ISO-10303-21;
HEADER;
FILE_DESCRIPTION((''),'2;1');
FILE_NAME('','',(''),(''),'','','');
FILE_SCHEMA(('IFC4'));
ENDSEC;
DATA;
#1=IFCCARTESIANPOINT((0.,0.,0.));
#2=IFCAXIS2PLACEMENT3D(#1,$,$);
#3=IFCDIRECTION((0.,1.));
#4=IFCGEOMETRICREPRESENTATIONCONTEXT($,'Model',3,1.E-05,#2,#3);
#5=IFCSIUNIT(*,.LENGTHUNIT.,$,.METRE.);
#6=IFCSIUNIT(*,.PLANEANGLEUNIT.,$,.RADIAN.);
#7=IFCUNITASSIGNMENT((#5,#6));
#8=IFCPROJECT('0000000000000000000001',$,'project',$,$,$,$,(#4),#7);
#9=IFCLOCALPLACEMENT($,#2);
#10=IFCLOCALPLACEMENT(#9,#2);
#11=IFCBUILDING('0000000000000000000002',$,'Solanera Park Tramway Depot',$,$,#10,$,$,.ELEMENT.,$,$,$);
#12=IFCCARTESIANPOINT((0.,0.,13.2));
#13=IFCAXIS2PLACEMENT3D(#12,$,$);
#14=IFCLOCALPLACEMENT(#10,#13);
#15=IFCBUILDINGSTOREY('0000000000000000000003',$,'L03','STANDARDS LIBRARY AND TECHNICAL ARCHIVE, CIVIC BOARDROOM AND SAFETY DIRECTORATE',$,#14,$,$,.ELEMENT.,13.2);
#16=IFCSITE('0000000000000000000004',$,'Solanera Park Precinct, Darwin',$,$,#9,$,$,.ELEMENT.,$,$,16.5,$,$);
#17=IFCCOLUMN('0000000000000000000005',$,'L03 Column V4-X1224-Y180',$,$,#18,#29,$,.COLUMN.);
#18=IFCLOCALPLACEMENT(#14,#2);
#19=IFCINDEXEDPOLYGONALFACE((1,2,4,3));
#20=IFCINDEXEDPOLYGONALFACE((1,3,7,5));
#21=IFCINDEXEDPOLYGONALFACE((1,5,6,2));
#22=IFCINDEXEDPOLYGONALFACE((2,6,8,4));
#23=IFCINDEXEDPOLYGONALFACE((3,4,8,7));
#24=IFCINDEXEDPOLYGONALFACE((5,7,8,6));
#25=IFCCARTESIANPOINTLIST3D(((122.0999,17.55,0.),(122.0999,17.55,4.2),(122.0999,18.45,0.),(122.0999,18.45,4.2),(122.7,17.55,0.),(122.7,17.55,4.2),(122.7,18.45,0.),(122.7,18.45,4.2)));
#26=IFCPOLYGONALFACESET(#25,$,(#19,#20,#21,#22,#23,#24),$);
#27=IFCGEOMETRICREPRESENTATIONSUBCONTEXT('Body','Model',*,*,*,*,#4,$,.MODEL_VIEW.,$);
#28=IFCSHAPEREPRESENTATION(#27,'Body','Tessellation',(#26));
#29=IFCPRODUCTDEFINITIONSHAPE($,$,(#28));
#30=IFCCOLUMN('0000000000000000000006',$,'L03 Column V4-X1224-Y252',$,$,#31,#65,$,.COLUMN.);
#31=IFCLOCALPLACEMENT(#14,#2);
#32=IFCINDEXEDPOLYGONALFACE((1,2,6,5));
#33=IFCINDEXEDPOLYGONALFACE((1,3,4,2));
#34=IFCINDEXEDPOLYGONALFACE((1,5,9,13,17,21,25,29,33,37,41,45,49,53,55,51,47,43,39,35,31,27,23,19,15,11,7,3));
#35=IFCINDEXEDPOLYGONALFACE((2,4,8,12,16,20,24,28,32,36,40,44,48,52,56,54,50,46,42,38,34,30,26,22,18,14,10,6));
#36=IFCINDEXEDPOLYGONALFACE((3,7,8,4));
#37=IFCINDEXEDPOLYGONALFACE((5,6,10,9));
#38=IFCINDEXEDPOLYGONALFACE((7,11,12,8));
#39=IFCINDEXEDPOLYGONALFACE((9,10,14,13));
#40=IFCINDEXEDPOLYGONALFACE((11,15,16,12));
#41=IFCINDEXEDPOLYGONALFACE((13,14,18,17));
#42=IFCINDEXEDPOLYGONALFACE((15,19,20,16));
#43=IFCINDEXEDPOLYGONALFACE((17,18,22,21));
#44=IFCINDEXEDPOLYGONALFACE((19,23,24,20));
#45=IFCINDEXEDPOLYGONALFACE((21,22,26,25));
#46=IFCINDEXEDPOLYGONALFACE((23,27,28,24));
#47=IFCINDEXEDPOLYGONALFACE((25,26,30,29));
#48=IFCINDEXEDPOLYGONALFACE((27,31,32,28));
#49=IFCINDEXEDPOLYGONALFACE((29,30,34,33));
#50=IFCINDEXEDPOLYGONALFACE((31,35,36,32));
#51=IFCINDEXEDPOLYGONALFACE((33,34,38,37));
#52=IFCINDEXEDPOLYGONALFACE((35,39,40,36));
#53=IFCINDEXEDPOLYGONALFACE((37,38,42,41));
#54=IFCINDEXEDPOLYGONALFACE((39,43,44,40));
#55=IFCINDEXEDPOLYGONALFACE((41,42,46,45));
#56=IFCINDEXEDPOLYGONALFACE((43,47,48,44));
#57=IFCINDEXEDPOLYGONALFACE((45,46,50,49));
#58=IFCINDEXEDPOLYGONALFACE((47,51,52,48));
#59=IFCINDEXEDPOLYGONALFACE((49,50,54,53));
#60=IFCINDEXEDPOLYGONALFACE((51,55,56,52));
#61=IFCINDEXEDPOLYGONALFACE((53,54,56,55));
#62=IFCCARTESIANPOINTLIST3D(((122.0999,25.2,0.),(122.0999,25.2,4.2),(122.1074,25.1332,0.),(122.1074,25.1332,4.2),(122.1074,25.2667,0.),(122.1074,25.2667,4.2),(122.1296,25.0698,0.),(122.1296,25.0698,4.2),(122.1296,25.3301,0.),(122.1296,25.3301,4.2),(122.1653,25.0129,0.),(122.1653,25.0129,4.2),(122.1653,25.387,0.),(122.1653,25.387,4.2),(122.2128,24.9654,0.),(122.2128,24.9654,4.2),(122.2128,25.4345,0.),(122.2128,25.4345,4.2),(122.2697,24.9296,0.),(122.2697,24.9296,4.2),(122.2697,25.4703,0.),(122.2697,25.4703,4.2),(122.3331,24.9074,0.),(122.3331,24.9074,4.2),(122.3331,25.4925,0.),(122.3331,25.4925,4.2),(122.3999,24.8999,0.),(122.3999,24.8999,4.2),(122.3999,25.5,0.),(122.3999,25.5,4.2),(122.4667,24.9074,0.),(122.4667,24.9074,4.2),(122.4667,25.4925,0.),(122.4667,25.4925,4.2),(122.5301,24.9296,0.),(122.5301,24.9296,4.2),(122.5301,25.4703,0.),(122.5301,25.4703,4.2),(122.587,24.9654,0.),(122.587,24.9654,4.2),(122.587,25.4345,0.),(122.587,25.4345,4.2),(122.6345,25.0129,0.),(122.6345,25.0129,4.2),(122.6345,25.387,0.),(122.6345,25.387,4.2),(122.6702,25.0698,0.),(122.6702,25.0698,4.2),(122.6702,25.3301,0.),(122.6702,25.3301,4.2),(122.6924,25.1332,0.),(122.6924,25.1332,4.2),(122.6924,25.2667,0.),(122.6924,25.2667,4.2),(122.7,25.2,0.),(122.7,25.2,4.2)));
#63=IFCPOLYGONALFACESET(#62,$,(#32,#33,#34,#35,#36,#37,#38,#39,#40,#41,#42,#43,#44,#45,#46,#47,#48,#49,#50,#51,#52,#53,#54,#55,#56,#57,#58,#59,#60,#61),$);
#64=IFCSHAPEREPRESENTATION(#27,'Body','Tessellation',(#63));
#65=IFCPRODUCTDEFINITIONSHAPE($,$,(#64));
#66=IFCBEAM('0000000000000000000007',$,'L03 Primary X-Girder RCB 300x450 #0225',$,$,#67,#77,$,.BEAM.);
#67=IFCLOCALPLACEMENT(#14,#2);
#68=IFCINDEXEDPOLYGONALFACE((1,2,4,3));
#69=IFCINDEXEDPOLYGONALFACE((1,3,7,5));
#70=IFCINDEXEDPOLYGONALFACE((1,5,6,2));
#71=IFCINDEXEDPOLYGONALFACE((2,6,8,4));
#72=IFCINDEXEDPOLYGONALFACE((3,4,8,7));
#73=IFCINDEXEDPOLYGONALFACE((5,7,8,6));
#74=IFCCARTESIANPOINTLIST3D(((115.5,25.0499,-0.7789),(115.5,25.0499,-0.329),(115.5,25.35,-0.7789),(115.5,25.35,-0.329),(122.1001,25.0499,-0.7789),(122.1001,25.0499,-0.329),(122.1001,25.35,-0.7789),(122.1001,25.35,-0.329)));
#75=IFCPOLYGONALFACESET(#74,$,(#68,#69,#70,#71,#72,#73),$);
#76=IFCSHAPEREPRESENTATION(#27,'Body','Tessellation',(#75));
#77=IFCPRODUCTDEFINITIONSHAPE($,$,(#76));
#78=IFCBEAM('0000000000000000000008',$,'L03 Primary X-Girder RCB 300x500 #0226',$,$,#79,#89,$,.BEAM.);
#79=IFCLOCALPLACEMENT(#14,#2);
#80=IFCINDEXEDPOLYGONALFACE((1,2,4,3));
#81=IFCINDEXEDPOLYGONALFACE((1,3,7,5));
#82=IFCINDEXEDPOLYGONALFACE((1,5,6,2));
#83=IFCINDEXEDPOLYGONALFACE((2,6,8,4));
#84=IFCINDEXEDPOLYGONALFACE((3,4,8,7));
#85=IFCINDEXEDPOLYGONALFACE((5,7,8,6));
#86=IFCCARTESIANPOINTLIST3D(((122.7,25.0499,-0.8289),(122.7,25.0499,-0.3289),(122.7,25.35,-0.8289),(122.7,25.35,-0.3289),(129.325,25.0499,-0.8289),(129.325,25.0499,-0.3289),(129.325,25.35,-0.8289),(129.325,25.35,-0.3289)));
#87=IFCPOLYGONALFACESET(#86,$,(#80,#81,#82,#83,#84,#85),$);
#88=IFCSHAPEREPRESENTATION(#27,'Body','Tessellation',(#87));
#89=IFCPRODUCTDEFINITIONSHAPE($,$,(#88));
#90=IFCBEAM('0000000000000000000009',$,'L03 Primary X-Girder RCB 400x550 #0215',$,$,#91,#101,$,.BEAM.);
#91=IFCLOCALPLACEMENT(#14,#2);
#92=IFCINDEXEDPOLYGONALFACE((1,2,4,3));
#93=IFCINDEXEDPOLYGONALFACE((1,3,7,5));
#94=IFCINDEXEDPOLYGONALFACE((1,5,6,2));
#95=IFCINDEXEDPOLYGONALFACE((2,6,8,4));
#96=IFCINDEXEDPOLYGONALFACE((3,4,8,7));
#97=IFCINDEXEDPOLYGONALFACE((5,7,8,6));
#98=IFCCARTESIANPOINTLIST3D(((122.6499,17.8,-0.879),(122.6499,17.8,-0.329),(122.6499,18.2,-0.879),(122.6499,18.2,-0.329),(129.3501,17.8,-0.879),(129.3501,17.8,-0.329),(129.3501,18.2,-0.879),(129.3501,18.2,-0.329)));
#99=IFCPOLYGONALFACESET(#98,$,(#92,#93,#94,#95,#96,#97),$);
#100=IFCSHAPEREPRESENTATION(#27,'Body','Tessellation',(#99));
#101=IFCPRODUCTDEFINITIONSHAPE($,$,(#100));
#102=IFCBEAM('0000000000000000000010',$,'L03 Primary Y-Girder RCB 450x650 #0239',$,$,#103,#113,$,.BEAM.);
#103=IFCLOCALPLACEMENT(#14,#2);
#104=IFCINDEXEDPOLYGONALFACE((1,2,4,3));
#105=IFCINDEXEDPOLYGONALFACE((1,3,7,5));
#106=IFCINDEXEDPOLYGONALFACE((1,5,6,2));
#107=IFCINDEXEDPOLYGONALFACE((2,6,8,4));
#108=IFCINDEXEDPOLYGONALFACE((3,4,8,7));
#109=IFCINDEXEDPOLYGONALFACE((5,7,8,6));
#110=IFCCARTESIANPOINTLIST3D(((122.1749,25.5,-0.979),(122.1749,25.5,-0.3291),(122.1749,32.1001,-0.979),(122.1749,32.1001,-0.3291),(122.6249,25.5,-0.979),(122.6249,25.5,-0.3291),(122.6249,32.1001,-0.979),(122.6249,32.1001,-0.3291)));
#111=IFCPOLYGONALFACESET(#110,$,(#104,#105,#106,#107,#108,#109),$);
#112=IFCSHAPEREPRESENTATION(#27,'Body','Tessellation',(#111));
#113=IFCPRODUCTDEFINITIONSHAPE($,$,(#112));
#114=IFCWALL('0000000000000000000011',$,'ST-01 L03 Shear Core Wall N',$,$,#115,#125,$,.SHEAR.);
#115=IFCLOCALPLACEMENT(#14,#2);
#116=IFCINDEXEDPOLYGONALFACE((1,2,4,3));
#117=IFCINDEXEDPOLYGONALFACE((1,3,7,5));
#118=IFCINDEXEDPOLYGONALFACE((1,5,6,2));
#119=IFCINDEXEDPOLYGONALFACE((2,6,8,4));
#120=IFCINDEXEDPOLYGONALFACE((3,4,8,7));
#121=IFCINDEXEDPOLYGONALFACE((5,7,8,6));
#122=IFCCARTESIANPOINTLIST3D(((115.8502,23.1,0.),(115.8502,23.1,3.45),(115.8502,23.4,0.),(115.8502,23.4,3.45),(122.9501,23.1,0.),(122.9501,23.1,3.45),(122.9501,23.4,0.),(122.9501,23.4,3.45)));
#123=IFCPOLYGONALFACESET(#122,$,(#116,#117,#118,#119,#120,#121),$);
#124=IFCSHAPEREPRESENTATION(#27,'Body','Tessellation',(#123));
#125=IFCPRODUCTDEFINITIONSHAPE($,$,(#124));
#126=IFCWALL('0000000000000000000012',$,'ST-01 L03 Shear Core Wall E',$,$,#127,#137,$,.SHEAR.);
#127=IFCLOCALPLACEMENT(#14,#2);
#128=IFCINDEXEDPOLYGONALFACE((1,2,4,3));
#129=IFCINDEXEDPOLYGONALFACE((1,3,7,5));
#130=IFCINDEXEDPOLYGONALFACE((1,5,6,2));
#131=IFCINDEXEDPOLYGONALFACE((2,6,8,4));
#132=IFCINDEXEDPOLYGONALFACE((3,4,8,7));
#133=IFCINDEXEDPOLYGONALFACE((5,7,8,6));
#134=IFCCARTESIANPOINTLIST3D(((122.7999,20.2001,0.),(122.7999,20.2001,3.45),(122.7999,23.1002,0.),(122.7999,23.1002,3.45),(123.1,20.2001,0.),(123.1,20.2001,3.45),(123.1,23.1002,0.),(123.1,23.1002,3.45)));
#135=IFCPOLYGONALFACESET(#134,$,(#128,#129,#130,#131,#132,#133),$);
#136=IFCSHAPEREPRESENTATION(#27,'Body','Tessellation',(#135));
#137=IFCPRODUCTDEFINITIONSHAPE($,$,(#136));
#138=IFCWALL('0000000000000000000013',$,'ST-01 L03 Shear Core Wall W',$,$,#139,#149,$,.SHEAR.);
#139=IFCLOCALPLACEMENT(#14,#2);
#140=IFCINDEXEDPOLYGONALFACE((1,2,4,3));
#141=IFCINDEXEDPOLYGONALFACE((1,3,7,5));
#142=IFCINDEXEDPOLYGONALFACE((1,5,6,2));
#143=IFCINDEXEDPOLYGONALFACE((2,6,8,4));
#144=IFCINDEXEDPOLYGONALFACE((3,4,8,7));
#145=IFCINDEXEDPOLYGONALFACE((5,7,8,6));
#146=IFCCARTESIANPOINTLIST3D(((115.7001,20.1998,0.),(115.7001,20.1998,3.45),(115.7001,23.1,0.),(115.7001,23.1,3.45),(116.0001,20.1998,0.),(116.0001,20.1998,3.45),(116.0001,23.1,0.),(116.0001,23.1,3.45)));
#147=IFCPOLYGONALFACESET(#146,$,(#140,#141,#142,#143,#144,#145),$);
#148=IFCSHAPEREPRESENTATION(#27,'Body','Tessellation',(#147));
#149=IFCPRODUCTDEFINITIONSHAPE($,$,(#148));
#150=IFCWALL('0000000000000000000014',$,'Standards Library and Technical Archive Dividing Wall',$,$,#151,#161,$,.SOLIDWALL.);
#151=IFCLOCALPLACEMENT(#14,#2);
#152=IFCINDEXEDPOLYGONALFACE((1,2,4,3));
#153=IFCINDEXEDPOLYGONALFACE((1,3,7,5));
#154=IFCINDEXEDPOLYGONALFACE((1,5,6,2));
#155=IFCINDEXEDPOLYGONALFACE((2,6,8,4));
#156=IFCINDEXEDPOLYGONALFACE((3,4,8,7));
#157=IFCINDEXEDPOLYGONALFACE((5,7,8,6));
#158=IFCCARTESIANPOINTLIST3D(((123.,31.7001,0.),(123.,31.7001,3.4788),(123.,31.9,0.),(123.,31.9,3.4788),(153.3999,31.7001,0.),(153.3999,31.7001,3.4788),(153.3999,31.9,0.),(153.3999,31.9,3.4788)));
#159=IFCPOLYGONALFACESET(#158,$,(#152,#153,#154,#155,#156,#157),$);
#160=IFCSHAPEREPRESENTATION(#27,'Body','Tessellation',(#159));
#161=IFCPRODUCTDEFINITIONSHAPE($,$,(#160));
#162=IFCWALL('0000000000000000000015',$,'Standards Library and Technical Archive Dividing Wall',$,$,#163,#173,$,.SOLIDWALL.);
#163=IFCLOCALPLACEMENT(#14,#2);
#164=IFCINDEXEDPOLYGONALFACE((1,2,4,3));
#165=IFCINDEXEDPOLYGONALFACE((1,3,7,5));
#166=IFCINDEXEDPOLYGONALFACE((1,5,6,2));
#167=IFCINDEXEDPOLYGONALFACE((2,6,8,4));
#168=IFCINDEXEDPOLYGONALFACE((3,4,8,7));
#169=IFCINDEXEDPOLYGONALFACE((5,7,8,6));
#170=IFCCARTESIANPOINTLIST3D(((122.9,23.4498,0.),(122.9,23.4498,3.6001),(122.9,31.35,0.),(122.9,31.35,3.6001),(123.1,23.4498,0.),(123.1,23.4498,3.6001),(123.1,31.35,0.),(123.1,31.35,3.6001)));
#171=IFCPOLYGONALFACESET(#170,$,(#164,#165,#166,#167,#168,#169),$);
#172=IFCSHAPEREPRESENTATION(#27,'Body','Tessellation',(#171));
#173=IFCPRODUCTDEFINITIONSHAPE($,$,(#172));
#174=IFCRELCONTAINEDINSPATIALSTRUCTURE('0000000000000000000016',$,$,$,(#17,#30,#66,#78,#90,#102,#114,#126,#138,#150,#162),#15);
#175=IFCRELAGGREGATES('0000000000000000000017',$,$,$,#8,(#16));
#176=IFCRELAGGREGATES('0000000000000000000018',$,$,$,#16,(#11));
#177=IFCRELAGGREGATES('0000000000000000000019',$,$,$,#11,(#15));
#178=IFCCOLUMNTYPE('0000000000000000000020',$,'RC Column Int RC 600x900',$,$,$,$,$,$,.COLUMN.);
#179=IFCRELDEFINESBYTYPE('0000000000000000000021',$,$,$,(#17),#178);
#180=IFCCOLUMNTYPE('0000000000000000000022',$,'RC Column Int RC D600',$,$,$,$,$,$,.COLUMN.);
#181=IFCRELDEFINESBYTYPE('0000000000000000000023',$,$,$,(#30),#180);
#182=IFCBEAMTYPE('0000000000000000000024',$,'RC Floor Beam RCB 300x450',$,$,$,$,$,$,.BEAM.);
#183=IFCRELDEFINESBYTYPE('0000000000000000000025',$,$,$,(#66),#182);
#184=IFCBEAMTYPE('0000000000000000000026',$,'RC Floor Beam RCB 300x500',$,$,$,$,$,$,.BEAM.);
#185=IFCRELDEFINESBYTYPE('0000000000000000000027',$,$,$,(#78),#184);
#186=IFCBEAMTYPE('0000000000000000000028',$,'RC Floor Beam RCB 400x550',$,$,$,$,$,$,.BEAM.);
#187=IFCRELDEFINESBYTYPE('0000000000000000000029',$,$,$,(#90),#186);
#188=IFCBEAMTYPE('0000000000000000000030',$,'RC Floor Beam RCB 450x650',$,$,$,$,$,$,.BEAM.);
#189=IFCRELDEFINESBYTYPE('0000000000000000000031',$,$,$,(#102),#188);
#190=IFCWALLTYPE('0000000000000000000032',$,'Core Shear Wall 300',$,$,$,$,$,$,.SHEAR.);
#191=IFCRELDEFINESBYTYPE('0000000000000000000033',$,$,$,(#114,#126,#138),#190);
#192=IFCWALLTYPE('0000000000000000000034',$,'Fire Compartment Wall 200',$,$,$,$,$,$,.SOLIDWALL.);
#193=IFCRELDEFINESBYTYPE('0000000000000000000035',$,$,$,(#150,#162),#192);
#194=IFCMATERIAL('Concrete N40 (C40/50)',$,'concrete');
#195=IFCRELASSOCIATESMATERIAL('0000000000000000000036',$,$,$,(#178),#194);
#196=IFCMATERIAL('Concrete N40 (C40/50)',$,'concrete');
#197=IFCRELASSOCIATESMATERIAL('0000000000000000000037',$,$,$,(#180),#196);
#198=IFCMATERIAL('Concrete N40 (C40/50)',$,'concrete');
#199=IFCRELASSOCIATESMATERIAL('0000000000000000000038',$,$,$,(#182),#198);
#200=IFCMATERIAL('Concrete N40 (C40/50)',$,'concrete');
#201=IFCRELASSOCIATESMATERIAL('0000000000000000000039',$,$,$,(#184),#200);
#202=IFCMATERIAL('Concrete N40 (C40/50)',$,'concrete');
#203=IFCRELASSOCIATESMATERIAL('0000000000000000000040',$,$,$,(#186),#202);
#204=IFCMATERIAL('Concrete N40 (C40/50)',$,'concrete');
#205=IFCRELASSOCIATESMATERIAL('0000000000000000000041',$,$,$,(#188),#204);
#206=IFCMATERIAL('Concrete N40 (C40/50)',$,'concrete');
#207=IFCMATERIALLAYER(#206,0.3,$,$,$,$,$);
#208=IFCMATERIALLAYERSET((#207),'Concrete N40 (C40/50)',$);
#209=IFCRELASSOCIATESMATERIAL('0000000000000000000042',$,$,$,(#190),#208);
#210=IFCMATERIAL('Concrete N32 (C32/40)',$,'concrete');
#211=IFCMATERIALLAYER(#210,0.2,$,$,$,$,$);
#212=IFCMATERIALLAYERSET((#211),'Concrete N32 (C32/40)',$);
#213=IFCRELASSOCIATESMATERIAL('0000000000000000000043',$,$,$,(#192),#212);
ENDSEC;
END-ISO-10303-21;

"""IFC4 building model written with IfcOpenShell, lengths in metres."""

from ifc_helpers import new_model, si_unit, direction, frame, frame_2d, origin, origin_2d, place, context, subcontext, project, spatial, rectangle, circle, extrude, material, layer, layer_set, material_profile, profile_set, type_object, element, save


model = new_model("IFC4")

# Units and contexts
model_context = context("Model", 3, precision=1e-05, world=origin(), true_north=direction((0.0, 1.0)))
body_context = subcontext(model_context, "Body", "Model", "MODEL_VIEW")
ifc_project = project(units=[si_unit("LENGTHUNIT", "METRE"), si_unit("PLANEANGLEUNIT", "RADIAN")], contexts=[model_context])

# Site, building, storey
site_placement = place(None, origin())
site = spatial("IfcSite", under=ifc_project, at=site_placement, Name="Solanera Park Precinct, Darwin", CompositionType="ELEMENT", RefElevation=16.5)
building_placement = place(site_placement, origin())
building = spatial("IfcBuilding", under=site, at=building_placement, Name="Solanera Park Tramway Depot", CompositionType="ELEMENT")
storey_placement = place(building_placement, frame((0.0, 0.0, 13.2)))
storey = spatial("IfcBuildingStorey", under=building, at=storey_placement, Name="L03", Description="STANDARDS LIBRARY AND TECHNICAL ARCHIVE, CIVIC BOARDROOM AND SAFETY DIRECTORATE", CompositionType="ELEMENT", Elevation=13.2)

# Columns
ifc_material_1 = material(Name="Concrete N40 (C40/50)", Category="concrete")
ifc_material_profile_1 = material_profile(ifc_material_1, rectangle(XDim=0.6001, YDim=0.8999, at=origin_2d()), Name="RC 600x900")
ifc_profile_set_1 = profile_set([ifc_material_profile_1], Name="Concrete N40 (C40/50)")
column_type_1 = type_object("IfcColumnType", Name="RC Column Int RC 600x900", PredefinedType="COLUMN", material=ifc_profile_set_1)
column_1_placement = place(storey_placement, frame((122.3999, 18.0, 0.0), z_axis=(0.0, 0.0, 1.0), x_axis=(1.0, 0.0, 0.0)))
element("IfcColumn", 1, at=column_1_placement, inside=storey, type_object=column_type_1, Name="L03 Column V4-X1224-Y180", PredefinedType="COLUMN", context=body_context, shape_type="SweptSolid", body=[
    extrude(rectangle(XDim=0.6001, YDim=0.8999, at=origin_2d()), origin(), (0.0, 0.0, 1.0), 4.2),
])
ifc_material_2 = material(Name="Concrete N40 (C40/50)", Category="concrete")
ifc_material_profile_2 = material_profile(ifc_material_2, circle(Radius=0.3, at=origin_2d()), Name="RC D600")
ifc_profile_set_2 = profile_set([ifc_material_profile_2], Name="Concrete N40 (C40/50)")
column_type_2 = type_object("IfcColumnType", Name="RC Column Int RC D600", PredefinedType="COLUMN", material=ifc_profile_set_2)
column_2_placement = place(storey_placement, frame((122.3999, 25.2, 0.0), z_axis=(0.0, 0.0, 1.0), x_axis=(1.0, 0.0, 0.0)))
element("IfcColumn", 2, at=column_2_placement, inside=storey, type_object=column_type_2, Name="L03 Column V4-X1224-Y252", PredefinedType="COLUMN", context=body_context, shape_type="SweptSolid", body=[
    extrude(circle(Radius=0.3, at=origin_2d()), origin(), (0.0, 0.0, 1.0), 4.2),
])

# Beams
ifc_material_3 = material(Name="Concrete N40 (C40/50)", Category="concrete")
ifc_material_profile_3 = material_profile(ifc_material_3, rectangle(XDim=0.3, YDim=0.45, at=origin_2d()), Name="RCB 300x450")
ifc_profile_set_3 = profile_set([ifc_material_profile_3], Name="Concrete N40 (C40/50)")
beam_type_1 = type_object("IfcBeamType", Name="RC Floor Beam RCB 300x450", PredefinedType="BEAM", material=ifc_profile_set_3)
beam_1_placement = place(storey_placement, frame((115.5, 25.2, -0.554), z_axis=(1.0, 0.0, 0.0), x_axis=(0.0, 1.0, 0.0)))
element("IfcBeam", 3, at=beam_1_placement, inside=storey, type_object=beam_type_1, Name="L03 Primary X-Girder RCB 300x450 #0225", PredefinedType="BEAM", context=body_context, shape_type="SweptSolid", body=[
    extrude(rectangle(XDim=0.3, YDim=0.45, at=origin_2d()), origin(), (0.0, 0.0, 1.0), 6.6001),
])
ifc_material_4 = material(Name="Concrete N40 (C40/50)", Category="concrete")
ifc_material_profile_4 = material_profile(ifc_material_4, rectangle(XDim=0.3, YDim=0.5, at=origin_2d()), Name="RCB 300x500")
ifc_profile_set_4 = profile_set([ifc_material_profile_4], Name="Concrete N40 (C40/50)")
beam_type_2 = type_object("IfcBeamType", Name="RC Floor Beam RCB 300x500", PredefinedType="BEAM", material=ifc_profile_set_4)
beam_2_placement = place(storey_placement, frame((122.7, 25.2, -0.5789), z_axis=(1.0, 0.0, 0.0), x_axis=(0.0, 1.0, 0.0)))
element("IfcBeam", 4, at=beam_2_placement, inside=storey, type_object=beam_type_2, Name="L03 Primary X-Girder RCB 300x500 #0226", PredefinedType="BEAM", context=body_context, shape_type="SweptSolid", body=[
    extrude(rectangle(XDim=0.3, YDim=0.5, at=origin_2d()), origin(), (0.0, 0.0, 1.0), 6.625),
])
ifc_material_5 = material(Name="Concrete N40 (C40/50)", Category="concrete")
ifc_material_profile_5 = material_profile(ifc_material_5, rectangle(XDim=0.3999, YDim=0.55, at=origin_2d()), Name="RCB 400x550")
ifc_profile_set_5 = profile_set([ifc_material_profile_5], Name="Concrete N40 (C40/50)")
beam_type_3 = type_object("IfcBeamType", Name="RC Floor Beam RCB 400x550", PredefinedType="BEAM", material=ifc_profile_set_5)
beam_3_placement = place(storey_placement, frame((122.6499, 18.0, -0.604), z_axis=(1.0, 0.0, 0.0), x_axis=(0.0, 1.0, 0.0)))
element("IfcBeam", 5, at=beam_3_placement, inside=storey, type_object=beam_type_3, Name="L03 Primary X-Girder RCB 400x550 #0215", PredefinedType="BEAM", context=body_context, shape_type="SweptSolid", body=[
    extrude(rectangle(XDim=0.3999, YDim=0.55, at=origin_2d()), origin(), (0.0, 0.0, 1.0), 6.7002),
])
ifc_material_6 = material(Name="Concrete N40 (C40/50)", Category="concrete")
ifc_material_profile_6 = material_profile(ifc_material_6, rectangle(XDim=0.45, YDim=0.6499, at=origin_2d()), Name="RCB 450x650")
ifc_profile_set_6 = profile_set([ifc_material_profile_6], Name="Concrete N40 (C40/50)")
beam_type_4 = type_object("IfcBeamType", Name="RC Floor Beam RCB 450x650", PredefinedType="BEAM", material=ifc_profile_set_6)
beam_4_placement = place(storey_placement, frame((122.3999, 25.5, -0.6541), z_axis=(0.0, 1.0, 0.0), x_axis=(-1.0, 0.0, 0.0)))
element("IfcBeam", 6, at=beam_4_placement, inside=storey, type_object=beam_type_4, Name="L03 Primary Y-Girder RCB 450x650 #0239", PredefinedType="BEAM", context=body_context, shape_type="SweptSolid", body=[
    extrude(rectangle(XDim=0.45, YDim=0.6499, at=origin_2d()), origin(), (0.0, 0.0, 1.0), 6.6001),
])

# Shared definitions
ifc_material_7 = material(Name="Concrete N40 (C40/50)", Category="concrete")
ifc_layer_1 = layer(ifc_material_7, 0.3)
ifc_layer_set_1 = layer_set([ifc_layer_1], Name="Concrete N40 (C40/50)")
wall_type_1 = type_object("IfcWallType", Name="Core Shear Wall 300", PredefinedType="SHEAR", material=ifc_layer_set_1)

# Walls
wall_1_placement = place(storey_placement, frame((122.95, 23.25, 0.0), z_axis=(0.0, 0.0, 1.0), x_axis=(-1.0, 0.0, 0.0)))
element("IfcWall", 7, at=wall_1_placement, inside=storey, type_object=wall_type_1, Name="ST-01 L03 Shear Core Wall N", PredefinedType="SHEAR", context=body_context, shape_type="SweptSolid", body=[
    extrude(rectangle(XDim=7.0999, YDim=0.3, at=frame_2d((3.5498, 0.0))), origin(), (0.0, 0.0, 1.0), 3.45),
])
for number, where, z_axis, x_axis, name in (
    (8, (122.95, 20.2, 0.0), (0.0, 0.0, 1.0), (0.0, 1.0, 0.0), "ST-01 L03 Shear Core Wall E"),
    (9, (115.8501, 23.1001, 0.0), (0.0, 0.0, 1.0), (0.0, -1.0, 0.0), "ST-01 L03 Shear Core Wall W"),
):
    element("IfcWall", number, at=place(storey_placement, frame(where, z_axis=z_axis, x_axis=x_axis)), inside=storey, type_object=wall_type_1, Name=name, PredefinedType="SHEAR", context=body_context, shape_type="SweptSolid", body=[
        extrude(rectangle(XDim=2.9001, YDim=0.3, at=frame_2d((1.4502, 0.0))), origin(), (0.0, 0.0, 1.0), 3.45),
    ])
ifc_material_8 = material(Name="Concrete N32 (C32/40)", Category="concrete")
ifc_layer_2 = layer(ifc_material_8, 0.2)
ifc_layer_set_2 = layer_set([ifc_layer_2], Name="Concrete N32 (C32/40)")
wall_type_2 = type_object("IfcWallType", Name="Fire Compartment Wall 200", PredefinedType="SOLIDWALL", material=ifc_layer_set_2)
wall_2_placement = place(storey_placement, frame((123.0, 31.8, 0.0), z_axis=(0.0, 0.0, 1.0), x_axis=(1.0, 0.0, 0.0)))
element("IfcWall", 10, at=wall_2_placement, inside=storey, type_object=wall_type_2, Name="Standards Library and Technical Archive Dividing Wall", PredefinedType="SOLIDWALL", context=body_context, shape_type="SweptSolid", body=[
    extrude(rectangle(XDim=30.3999, YDim=0.2, at=frame_2d((15.2, 0.0))), origin(), (0.0, 0.0, 1.0), 3.4788),
])
wall_3_placement = place(storey_placement, frame((123.0, 31.3501, 0.0), z_axis=(0.0, 0.0, 1.0), x_axis=(0.0, -1.0, 0.0)))
element("IfcWall", 11, at=wall_3_placement, inside=storey, type_object=wall_type_2, Name="Standards Library and Technical Archive Dividing Wall", PredefinedType="SOLIDWALL", context=body_context, shape_type="SweptSolid", body=[
    extrude(rectangle(XDim=7.9001, YDim=0.2, at=frame_2d((3.9502, 0.0))), origin(), (0.0, 0.0, 1.0), 3.6001),
])

save(model, "model.ifc")
